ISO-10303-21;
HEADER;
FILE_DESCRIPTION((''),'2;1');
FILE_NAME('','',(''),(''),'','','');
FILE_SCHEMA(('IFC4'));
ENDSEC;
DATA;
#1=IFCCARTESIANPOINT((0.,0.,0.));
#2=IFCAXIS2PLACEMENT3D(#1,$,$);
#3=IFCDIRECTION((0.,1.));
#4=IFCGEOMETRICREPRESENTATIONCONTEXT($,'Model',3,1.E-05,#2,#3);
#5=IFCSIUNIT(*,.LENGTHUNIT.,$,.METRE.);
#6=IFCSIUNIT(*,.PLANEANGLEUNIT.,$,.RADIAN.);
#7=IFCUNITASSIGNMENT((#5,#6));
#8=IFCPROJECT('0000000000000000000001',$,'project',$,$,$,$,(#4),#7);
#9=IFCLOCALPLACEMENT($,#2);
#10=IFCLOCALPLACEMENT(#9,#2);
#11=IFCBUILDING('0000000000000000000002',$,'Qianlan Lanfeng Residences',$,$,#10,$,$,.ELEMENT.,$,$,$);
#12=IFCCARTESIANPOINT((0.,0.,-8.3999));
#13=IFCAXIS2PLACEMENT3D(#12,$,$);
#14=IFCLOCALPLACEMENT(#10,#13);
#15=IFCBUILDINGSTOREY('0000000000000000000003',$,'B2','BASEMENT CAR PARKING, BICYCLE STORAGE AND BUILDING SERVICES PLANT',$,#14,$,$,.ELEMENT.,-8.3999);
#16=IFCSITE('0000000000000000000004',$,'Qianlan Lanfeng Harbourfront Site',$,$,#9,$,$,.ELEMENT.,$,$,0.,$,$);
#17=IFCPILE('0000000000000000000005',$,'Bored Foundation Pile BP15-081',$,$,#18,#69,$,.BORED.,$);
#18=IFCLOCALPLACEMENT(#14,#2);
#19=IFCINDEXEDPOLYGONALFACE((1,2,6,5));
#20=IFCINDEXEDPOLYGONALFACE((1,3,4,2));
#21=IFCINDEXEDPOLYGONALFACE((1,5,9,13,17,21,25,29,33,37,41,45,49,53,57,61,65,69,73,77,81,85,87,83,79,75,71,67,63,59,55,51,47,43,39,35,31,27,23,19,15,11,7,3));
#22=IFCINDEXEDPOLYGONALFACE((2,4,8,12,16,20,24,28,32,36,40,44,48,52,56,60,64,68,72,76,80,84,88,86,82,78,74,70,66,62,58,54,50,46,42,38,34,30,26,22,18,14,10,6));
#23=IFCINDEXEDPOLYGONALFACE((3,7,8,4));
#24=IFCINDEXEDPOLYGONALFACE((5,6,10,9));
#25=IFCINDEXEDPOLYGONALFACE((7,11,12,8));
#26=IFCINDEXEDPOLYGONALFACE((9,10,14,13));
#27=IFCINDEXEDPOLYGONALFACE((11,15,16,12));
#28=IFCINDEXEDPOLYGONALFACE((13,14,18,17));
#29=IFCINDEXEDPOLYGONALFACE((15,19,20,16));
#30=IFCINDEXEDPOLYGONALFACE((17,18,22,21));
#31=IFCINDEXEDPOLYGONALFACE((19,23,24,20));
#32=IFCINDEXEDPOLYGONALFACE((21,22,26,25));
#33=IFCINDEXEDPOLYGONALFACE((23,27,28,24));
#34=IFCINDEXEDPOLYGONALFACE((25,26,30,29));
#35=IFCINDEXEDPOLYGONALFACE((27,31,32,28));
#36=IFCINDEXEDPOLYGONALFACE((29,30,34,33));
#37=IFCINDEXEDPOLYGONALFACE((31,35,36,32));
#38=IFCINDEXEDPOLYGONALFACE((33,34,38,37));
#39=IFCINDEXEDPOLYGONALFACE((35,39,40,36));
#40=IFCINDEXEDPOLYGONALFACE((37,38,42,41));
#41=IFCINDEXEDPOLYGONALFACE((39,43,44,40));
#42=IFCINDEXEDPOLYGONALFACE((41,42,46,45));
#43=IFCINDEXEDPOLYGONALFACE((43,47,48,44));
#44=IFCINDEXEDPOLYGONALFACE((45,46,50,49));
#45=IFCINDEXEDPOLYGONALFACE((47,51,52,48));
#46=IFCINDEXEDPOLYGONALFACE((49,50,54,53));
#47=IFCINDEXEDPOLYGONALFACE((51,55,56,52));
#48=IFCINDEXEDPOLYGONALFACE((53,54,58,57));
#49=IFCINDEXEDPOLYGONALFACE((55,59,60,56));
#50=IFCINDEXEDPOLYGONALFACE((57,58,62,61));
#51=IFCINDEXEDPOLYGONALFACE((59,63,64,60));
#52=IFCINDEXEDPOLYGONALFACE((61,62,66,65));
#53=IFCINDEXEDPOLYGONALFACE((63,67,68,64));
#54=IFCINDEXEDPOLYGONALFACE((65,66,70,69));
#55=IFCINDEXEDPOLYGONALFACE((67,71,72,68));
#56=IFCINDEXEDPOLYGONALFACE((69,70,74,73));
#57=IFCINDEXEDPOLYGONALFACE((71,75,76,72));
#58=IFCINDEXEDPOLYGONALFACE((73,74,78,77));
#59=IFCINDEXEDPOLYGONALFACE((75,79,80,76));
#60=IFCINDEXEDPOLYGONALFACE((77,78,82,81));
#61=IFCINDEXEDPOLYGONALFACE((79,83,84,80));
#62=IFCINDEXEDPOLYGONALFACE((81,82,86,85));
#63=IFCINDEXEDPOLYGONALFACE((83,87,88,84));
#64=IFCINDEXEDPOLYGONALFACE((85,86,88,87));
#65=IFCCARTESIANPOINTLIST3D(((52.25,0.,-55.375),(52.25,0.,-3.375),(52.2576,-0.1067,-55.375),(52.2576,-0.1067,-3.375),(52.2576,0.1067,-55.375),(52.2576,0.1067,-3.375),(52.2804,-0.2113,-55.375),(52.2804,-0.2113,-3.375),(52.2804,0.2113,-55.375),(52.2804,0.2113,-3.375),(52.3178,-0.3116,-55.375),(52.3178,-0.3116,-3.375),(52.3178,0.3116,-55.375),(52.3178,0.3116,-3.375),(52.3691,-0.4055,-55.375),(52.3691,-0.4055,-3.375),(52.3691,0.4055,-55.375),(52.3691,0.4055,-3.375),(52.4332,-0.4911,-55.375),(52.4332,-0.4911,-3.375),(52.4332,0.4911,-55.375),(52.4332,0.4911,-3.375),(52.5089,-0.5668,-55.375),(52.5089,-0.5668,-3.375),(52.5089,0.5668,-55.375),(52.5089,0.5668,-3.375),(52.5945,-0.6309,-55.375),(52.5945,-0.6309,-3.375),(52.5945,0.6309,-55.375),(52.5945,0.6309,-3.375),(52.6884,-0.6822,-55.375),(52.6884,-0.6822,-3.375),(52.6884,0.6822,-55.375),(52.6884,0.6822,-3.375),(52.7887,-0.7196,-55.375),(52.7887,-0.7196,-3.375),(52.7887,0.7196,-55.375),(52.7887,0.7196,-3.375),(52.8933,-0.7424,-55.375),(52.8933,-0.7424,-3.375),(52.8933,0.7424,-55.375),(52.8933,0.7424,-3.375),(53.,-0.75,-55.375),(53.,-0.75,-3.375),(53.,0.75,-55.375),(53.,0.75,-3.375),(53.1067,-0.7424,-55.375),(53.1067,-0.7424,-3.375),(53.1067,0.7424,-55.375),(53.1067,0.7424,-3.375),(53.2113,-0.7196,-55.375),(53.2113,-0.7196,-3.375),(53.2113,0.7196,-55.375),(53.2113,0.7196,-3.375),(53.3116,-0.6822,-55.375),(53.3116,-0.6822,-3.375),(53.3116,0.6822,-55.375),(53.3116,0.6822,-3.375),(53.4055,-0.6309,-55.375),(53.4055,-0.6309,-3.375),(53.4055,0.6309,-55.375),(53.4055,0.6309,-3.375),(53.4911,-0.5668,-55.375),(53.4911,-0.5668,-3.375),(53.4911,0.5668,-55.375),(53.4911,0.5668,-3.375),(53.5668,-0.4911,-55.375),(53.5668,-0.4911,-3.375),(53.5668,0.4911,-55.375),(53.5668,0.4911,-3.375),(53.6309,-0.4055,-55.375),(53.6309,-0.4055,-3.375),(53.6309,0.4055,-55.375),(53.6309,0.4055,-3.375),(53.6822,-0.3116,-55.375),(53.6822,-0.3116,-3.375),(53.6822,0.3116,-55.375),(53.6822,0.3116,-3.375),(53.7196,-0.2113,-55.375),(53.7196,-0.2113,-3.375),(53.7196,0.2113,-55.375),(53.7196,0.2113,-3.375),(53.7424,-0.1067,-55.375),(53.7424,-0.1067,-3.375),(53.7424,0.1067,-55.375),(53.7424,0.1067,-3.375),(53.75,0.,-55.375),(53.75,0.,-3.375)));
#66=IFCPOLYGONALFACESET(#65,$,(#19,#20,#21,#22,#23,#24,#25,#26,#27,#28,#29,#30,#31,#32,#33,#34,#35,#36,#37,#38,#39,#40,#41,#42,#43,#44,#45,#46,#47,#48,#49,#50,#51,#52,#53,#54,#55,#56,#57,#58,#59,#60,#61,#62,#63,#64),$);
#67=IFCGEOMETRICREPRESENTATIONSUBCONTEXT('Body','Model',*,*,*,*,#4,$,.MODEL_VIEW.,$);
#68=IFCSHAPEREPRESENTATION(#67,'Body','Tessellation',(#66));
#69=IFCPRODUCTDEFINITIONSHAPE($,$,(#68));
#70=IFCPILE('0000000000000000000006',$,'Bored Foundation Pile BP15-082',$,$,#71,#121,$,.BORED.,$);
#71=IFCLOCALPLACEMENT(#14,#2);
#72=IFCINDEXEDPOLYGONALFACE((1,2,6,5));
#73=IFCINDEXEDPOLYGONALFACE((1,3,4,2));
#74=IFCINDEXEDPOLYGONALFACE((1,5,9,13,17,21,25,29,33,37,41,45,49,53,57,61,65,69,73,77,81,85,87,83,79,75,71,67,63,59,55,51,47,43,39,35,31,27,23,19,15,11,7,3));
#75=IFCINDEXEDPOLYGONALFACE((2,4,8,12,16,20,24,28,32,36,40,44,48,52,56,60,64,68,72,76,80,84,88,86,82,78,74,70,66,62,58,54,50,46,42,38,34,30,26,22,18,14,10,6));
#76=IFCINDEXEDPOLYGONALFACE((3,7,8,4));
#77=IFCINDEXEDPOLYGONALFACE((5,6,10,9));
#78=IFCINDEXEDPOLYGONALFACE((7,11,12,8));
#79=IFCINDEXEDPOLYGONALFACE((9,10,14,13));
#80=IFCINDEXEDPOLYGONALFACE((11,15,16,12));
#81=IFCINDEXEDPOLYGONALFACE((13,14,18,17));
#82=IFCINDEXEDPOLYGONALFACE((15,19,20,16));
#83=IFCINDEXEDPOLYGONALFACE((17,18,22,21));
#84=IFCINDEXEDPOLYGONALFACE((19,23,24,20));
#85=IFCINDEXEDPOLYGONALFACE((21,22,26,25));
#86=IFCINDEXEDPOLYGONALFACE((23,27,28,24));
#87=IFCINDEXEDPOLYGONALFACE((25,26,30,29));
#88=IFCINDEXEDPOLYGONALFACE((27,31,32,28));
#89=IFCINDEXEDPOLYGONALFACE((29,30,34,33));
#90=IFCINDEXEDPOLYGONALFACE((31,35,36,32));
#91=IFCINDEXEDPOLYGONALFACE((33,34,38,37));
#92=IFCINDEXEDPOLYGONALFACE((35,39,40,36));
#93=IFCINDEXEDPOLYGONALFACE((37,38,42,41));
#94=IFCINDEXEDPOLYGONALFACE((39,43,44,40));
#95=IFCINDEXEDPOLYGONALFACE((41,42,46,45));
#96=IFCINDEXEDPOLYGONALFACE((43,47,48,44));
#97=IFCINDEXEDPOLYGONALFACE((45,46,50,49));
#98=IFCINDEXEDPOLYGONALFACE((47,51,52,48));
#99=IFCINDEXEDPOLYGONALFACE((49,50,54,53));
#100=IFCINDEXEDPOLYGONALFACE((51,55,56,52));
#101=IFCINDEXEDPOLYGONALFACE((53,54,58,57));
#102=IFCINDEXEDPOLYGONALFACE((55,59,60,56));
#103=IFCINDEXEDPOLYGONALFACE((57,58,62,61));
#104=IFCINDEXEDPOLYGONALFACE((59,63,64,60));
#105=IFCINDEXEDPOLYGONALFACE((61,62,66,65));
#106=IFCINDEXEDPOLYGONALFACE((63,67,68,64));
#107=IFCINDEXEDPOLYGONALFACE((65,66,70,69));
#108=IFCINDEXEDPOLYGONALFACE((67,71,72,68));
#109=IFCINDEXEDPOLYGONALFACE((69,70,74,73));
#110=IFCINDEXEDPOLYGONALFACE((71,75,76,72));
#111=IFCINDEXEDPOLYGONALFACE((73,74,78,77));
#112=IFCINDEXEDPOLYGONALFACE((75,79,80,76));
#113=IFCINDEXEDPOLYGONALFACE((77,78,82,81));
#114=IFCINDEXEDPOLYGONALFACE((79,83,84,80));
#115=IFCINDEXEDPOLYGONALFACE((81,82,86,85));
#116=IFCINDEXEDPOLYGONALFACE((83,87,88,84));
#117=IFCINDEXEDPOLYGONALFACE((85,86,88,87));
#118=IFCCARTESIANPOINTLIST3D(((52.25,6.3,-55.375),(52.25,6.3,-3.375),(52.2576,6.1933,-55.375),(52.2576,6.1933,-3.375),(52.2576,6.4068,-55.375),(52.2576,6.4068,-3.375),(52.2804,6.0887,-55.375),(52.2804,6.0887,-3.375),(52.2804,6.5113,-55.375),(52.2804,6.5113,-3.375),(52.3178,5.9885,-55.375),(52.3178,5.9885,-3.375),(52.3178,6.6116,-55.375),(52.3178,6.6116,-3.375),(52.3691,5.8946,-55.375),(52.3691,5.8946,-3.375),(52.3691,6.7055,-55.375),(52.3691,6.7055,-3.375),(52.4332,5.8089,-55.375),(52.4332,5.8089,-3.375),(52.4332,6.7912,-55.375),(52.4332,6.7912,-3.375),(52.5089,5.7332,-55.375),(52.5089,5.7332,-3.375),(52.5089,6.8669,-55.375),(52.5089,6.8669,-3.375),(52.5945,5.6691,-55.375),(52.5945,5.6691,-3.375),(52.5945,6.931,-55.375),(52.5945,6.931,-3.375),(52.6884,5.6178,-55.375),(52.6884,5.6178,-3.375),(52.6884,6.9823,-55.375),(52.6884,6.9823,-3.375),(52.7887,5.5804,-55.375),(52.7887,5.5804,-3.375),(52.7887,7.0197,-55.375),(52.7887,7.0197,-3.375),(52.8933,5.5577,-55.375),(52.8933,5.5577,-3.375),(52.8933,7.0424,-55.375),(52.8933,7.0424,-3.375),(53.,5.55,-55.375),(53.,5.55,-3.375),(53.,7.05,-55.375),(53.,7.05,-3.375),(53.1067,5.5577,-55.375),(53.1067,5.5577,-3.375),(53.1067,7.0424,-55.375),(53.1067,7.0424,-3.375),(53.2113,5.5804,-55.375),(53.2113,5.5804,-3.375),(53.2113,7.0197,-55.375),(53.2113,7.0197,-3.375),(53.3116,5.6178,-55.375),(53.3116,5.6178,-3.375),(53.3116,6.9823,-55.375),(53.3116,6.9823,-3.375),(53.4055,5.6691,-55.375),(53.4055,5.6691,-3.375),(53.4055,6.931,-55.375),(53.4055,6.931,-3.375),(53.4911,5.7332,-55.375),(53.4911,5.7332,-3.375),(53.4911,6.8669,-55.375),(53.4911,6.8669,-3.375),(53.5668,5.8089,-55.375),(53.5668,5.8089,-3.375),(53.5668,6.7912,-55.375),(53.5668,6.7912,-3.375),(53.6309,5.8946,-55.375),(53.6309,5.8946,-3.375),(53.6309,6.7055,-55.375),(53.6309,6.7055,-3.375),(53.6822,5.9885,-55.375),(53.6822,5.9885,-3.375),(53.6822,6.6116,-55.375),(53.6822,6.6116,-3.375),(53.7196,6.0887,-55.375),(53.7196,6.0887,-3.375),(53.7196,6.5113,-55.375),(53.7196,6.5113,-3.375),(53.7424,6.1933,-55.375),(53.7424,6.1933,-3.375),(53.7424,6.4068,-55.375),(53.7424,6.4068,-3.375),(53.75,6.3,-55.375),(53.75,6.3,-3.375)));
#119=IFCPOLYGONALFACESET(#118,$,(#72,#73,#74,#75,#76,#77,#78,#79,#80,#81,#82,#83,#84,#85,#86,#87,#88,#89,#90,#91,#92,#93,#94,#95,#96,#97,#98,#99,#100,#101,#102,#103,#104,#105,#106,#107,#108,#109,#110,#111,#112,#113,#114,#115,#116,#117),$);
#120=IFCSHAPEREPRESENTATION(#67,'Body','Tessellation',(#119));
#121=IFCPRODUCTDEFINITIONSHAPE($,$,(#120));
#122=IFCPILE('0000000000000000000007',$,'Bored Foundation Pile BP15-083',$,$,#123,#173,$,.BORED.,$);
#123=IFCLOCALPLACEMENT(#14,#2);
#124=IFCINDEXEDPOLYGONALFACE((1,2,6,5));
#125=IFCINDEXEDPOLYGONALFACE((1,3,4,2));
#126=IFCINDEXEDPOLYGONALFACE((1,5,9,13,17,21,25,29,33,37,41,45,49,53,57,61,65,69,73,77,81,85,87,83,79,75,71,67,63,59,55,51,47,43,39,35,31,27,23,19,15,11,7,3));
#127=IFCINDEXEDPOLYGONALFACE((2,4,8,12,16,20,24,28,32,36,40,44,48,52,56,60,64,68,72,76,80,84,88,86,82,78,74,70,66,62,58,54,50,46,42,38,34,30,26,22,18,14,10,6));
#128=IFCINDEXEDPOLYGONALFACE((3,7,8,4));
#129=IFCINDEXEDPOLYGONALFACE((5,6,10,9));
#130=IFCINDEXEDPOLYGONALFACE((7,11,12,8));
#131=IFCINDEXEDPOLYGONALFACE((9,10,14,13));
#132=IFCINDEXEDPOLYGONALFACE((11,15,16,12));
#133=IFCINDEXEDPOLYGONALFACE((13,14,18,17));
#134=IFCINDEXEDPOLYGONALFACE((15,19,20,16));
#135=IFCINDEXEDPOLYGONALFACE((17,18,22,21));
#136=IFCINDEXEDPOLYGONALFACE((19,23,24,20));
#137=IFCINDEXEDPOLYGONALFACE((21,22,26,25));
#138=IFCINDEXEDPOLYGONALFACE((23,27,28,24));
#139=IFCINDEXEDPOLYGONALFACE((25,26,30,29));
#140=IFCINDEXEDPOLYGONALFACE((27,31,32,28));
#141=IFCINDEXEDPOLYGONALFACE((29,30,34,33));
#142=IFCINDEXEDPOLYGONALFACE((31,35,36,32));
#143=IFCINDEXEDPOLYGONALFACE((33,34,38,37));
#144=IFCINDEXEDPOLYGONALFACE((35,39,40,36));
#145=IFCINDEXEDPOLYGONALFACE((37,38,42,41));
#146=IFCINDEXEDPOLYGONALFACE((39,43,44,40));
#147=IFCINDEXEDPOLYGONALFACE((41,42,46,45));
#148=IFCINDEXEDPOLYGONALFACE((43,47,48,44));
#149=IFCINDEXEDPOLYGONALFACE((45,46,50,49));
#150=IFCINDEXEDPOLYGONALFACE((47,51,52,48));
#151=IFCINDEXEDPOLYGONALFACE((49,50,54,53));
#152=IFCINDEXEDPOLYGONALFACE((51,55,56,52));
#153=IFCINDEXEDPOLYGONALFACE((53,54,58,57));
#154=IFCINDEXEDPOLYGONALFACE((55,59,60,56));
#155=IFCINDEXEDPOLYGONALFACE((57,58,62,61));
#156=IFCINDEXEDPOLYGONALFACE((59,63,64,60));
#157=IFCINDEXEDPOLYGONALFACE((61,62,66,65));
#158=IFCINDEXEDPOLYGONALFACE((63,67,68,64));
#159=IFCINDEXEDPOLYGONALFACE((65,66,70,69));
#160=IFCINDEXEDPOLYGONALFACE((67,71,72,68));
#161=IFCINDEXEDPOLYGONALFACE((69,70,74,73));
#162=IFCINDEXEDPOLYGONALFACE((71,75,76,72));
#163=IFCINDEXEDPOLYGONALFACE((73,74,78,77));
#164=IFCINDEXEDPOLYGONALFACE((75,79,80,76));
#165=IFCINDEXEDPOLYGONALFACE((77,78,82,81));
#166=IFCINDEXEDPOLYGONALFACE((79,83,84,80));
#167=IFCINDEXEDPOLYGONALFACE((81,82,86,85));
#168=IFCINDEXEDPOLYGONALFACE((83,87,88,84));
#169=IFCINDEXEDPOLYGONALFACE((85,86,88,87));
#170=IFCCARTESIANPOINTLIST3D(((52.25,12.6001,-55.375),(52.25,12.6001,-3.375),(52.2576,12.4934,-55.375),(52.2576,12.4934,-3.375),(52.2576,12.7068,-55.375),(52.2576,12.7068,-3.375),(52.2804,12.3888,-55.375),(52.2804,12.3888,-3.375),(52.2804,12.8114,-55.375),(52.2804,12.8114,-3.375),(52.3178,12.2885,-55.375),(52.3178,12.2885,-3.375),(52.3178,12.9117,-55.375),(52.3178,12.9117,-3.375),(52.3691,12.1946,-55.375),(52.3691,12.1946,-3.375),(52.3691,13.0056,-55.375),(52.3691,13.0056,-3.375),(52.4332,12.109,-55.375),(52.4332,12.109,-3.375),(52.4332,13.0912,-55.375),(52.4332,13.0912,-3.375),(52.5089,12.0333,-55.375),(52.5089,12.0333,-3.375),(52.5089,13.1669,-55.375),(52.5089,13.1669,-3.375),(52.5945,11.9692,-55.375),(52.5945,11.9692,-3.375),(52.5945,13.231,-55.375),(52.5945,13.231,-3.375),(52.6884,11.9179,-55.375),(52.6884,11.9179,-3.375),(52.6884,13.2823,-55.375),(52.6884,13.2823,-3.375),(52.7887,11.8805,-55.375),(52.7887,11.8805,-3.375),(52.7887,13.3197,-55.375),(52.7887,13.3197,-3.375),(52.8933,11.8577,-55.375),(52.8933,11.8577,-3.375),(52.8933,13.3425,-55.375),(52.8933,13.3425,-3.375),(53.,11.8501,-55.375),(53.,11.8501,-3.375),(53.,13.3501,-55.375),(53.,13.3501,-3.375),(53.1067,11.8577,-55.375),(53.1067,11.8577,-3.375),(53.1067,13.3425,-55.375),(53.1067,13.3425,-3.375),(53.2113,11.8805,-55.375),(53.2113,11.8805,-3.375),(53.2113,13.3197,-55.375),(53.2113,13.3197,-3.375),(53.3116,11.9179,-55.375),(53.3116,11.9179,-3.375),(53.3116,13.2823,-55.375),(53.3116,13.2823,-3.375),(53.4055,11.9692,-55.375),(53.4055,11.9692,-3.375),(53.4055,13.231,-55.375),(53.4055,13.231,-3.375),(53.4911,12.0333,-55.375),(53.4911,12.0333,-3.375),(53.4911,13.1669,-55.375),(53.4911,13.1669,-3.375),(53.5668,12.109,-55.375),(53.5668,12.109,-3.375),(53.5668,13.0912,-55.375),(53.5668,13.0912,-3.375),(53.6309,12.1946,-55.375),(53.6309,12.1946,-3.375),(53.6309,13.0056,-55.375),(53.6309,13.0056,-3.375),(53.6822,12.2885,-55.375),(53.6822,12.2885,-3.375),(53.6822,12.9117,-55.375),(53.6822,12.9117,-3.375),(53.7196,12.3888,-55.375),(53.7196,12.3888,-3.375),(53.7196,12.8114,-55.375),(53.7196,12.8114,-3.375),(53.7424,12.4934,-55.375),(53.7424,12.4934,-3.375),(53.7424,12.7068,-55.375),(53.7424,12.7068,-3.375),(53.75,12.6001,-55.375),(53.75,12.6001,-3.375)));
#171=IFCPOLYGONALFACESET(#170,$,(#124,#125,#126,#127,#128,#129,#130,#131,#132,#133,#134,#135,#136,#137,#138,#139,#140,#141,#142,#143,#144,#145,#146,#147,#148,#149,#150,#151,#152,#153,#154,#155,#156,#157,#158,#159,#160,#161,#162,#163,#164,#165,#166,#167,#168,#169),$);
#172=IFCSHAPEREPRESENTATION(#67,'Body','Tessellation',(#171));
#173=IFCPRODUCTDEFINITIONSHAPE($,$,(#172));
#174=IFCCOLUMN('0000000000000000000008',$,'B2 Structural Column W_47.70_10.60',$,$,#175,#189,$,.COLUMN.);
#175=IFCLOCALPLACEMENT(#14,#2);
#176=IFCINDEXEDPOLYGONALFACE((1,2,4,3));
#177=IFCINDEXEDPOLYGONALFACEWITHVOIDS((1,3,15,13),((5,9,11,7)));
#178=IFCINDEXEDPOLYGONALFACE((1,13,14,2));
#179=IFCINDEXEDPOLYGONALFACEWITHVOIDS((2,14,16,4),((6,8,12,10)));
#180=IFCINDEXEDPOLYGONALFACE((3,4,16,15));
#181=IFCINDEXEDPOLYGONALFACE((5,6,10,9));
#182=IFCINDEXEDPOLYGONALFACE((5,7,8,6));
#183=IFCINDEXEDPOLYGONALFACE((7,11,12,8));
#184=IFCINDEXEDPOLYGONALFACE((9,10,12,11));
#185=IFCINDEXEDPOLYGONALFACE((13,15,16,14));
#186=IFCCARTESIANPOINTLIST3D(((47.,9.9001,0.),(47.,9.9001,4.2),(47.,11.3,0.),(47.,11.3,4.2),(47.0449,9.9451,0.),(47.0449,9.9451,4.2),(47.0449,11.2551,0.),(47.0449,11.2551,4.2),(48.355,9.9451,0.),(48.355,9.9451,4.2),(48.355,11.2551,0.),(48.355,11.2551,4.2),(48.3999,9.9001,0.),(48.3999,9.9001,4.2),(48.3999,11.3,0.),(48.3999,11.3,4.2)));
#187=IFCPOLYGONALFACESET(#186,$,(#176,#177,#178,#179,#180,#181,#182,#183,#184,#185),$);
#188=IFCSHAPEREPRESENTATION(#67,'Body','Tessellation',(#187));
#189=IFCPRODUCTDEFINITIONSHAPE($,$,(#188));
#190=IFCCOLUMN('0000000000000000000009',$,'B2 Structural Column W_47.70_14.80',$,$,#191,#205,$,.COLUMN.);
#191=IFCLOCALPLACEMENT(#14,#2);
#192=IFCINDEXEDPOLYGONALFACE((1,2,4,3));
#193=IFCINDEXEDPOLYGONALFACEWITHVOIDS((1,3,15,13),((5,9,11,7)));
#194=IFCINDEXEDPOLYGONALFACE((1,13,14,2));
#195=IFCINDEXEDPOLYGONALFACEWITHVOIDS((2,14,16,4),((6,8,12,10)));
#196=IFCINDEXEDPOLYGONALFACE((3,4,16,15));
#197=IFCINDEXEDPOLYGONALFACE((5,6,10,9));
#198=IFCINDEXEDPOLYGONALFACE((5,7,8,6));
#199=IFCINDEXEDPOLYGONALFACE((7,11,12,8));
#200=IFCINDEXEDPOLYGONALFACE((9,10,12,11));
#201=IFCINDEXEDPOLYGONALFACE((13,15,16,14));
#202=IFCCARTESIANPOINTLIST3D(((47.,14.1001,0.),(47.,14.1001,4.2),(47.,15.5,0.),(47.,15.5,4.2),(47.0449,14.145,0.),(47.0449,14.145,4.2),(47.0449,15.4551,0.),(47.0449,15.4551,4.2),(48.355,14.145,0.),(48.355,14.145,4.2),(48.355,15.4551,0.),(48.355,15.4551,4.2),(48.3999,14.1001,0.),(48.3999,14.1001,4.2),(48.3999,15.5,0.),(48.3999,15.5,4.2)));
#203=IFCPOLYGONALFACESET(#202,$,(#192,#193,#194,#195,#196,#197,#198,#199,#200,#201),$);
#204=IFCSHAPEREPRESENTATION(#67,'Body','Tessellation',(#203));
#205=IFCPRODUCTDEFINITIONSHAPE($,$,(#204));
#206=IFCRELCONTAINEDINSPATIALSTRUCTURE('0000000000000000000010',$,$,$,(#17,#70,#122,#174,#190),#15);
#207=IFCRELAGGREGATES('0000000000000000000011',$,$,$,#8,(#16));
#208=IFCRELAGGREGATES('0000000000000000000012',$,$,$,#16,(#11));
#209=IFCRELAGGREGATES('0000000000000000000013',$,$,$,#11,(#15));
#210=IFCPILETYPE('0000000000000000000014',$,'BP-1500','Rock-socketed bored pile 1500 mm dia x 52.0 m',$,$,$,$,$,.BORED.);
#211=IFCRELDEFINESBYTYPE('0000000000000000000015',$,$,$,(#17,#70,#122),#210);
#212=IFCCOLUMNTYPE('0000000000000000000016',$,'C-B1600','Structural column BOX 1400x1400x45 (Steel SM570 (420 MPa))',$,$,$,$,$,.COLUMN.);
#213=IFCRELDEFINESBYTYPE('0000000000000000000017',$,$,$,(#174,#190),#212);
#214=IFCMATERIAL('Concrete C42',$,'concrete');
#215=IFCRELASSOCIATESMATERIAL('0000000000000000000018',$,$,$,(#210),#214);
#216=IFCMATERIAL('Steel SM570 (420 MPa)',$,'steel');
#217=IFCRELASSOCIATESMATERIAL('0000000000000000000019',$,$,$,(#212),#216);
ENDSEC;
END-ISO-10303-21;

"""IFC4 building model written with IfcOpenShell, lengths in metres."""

from ifc_helpers import new_model, si_unit, direction, frame, origin, origin_2d, place, context, subcontext, project, spatial, hollow_rectangle, circle, extrude, material, material_profile, profile_set, type_object, element, save


model = new_model("IFC4")

# Units and contexts
model_context = context("Model", 3, precision=1e-05, world=origin(), true_north=direction((0.0, 1.0)))
body_context = subcontext(model_context, "Body", "Model", "MODEL_VIEW")
ifc_project = project(units=[si_unit("LENGTHUNIT", "METRE"), si_unit("PLANEANGLEUNIT", "RADIAN")], contexts=[model_context])

# Site, building, storey
site_placement = place(None, origin())
site = spatial("IfcSite", under=ifc_project, at=site_placement, Name="Qianlan Lanfeng Harbourfront Site", CompositionType="ELEMENT", RefElevation=0.0)
building_placement = place(site_placement, origin())
building = spatial("IfcBuilding", under=site, at=building_placement, Name="Qianlan Lanfeng Residences", CompositionType="ELEMENT")
storey_placement = place(building_placement, frame((0.0, 0.0, -8.3999)))
storey = spatial("IfcBuildingStorey", under=building, at=storey_placement, Name="B2", Description="BASEMENT CAR PARKING, BICYCLE STORAGE AND BUILDING SERVICES PLANT", CompositionType="ELEMENT", Elevation=-8.3999)

# Piles
ifc_material_1 = material(Name="Concrete C42", Category="concrete")
ifc_material_profile_1 = material_profile(ifc_material_1, circle(Radius=0.75, at=origin_2d()), Name="PILE D1500")
ifc_profile_set_1 = profile_set([ifc_material_profile_1], Name="Concrete C42")
pile_type_1 = type_object("IfcPileType", Name="BP-1500", Description="Rock-socketed bored pile 1500 mm dia x 52.0 m", PredefinedType="BORED", material=ifc_profile_set_1)
for number, where, z_axis, x_axis, name in (
    (1, (53.0, 0.0, -3.375), (0.0, 0.0, -1.0), (1.0, 0.0, 0.0), "Bored Foundation Pile BP15-081"),
    (2, (53.0, 6.3, -3.375), (0.0, 0.0, -1.0), (1.0, 0.0, 0.0), "Bored Foundation Pile BP15-082"),
    (3, (53.0, 12.6001, -3.375), (0.0, 0.0, -1.0), (1.0, 0.0, 0.0), "Bored Foundation Pile BP15-083"),
):
    element("IfcPile", number, at=place(storey_placement, frame(where, z_axis=z_axis, x_axis=x_axis)), inside=storey, type_object=pile_type_1, Name=name, PredefinedType="BORED", context=body_context, shape_type="SweptSolid", body=[
        extrude(circle(Radius=0.75, at=origin_2d()), origin(), (0.0, 0.0, 1.0), 52.0),
    ])

# Columns
ifc_material_2 = material(Name="Steel SM570 (420 MPa)", Category="steel")
ifc_material_profile_2 = material_profile(ifc_material_2, hollow_rectangle(XDim=1.3999, YDim=1.3999, WallThickness=0.0449, at=origin_2d()), Name="BOX 1400x1400x45")
ifc_profile_set_2 = profile_set([ifc_material_profile_2], Name="Steel SM570 (420 MPa)")
column_type_1 = type_object("IfcColumnType", Name="C-B1600", Description="Structural column BOX 1400x1400x45 (Steel SM570 (420 MPa))", PredefinedType="COLUMN", material=ifc_profile_set_2)
for number, where, z_axis, x_axis, name in (
    (4, (47.7, 10.6001, 0.0), (0.0, 0.0, 1.0), (1.0, 0.0, 0.0), "B2 Structural Column W_47.70_10.60"),
    (5, (47.7, 14.8, 0.0), (0.0, 0.0, 1.0), (1.0, 0.0, 0.0), "B2 Structural Column W_47.70_14.80"),
):
    element("IfcColumn", number, at=place(storey_placement, frame(where, z_axis=z_axis, x_axis=x_axis)), inside=storey, type_object=column_type_1, Name=name, PredefinedType="COLUMN", context=body_context, shape_type="SweptSolid", body=[
        extrude(hollow_rectangle(XDim=1.3999, YDim=1.3999, WallThickness=0.0449, at=origin_2d()), origin(), (0.0, 0.0, 1.0), 4.2),
    ])

save(model, "model.ifc")
